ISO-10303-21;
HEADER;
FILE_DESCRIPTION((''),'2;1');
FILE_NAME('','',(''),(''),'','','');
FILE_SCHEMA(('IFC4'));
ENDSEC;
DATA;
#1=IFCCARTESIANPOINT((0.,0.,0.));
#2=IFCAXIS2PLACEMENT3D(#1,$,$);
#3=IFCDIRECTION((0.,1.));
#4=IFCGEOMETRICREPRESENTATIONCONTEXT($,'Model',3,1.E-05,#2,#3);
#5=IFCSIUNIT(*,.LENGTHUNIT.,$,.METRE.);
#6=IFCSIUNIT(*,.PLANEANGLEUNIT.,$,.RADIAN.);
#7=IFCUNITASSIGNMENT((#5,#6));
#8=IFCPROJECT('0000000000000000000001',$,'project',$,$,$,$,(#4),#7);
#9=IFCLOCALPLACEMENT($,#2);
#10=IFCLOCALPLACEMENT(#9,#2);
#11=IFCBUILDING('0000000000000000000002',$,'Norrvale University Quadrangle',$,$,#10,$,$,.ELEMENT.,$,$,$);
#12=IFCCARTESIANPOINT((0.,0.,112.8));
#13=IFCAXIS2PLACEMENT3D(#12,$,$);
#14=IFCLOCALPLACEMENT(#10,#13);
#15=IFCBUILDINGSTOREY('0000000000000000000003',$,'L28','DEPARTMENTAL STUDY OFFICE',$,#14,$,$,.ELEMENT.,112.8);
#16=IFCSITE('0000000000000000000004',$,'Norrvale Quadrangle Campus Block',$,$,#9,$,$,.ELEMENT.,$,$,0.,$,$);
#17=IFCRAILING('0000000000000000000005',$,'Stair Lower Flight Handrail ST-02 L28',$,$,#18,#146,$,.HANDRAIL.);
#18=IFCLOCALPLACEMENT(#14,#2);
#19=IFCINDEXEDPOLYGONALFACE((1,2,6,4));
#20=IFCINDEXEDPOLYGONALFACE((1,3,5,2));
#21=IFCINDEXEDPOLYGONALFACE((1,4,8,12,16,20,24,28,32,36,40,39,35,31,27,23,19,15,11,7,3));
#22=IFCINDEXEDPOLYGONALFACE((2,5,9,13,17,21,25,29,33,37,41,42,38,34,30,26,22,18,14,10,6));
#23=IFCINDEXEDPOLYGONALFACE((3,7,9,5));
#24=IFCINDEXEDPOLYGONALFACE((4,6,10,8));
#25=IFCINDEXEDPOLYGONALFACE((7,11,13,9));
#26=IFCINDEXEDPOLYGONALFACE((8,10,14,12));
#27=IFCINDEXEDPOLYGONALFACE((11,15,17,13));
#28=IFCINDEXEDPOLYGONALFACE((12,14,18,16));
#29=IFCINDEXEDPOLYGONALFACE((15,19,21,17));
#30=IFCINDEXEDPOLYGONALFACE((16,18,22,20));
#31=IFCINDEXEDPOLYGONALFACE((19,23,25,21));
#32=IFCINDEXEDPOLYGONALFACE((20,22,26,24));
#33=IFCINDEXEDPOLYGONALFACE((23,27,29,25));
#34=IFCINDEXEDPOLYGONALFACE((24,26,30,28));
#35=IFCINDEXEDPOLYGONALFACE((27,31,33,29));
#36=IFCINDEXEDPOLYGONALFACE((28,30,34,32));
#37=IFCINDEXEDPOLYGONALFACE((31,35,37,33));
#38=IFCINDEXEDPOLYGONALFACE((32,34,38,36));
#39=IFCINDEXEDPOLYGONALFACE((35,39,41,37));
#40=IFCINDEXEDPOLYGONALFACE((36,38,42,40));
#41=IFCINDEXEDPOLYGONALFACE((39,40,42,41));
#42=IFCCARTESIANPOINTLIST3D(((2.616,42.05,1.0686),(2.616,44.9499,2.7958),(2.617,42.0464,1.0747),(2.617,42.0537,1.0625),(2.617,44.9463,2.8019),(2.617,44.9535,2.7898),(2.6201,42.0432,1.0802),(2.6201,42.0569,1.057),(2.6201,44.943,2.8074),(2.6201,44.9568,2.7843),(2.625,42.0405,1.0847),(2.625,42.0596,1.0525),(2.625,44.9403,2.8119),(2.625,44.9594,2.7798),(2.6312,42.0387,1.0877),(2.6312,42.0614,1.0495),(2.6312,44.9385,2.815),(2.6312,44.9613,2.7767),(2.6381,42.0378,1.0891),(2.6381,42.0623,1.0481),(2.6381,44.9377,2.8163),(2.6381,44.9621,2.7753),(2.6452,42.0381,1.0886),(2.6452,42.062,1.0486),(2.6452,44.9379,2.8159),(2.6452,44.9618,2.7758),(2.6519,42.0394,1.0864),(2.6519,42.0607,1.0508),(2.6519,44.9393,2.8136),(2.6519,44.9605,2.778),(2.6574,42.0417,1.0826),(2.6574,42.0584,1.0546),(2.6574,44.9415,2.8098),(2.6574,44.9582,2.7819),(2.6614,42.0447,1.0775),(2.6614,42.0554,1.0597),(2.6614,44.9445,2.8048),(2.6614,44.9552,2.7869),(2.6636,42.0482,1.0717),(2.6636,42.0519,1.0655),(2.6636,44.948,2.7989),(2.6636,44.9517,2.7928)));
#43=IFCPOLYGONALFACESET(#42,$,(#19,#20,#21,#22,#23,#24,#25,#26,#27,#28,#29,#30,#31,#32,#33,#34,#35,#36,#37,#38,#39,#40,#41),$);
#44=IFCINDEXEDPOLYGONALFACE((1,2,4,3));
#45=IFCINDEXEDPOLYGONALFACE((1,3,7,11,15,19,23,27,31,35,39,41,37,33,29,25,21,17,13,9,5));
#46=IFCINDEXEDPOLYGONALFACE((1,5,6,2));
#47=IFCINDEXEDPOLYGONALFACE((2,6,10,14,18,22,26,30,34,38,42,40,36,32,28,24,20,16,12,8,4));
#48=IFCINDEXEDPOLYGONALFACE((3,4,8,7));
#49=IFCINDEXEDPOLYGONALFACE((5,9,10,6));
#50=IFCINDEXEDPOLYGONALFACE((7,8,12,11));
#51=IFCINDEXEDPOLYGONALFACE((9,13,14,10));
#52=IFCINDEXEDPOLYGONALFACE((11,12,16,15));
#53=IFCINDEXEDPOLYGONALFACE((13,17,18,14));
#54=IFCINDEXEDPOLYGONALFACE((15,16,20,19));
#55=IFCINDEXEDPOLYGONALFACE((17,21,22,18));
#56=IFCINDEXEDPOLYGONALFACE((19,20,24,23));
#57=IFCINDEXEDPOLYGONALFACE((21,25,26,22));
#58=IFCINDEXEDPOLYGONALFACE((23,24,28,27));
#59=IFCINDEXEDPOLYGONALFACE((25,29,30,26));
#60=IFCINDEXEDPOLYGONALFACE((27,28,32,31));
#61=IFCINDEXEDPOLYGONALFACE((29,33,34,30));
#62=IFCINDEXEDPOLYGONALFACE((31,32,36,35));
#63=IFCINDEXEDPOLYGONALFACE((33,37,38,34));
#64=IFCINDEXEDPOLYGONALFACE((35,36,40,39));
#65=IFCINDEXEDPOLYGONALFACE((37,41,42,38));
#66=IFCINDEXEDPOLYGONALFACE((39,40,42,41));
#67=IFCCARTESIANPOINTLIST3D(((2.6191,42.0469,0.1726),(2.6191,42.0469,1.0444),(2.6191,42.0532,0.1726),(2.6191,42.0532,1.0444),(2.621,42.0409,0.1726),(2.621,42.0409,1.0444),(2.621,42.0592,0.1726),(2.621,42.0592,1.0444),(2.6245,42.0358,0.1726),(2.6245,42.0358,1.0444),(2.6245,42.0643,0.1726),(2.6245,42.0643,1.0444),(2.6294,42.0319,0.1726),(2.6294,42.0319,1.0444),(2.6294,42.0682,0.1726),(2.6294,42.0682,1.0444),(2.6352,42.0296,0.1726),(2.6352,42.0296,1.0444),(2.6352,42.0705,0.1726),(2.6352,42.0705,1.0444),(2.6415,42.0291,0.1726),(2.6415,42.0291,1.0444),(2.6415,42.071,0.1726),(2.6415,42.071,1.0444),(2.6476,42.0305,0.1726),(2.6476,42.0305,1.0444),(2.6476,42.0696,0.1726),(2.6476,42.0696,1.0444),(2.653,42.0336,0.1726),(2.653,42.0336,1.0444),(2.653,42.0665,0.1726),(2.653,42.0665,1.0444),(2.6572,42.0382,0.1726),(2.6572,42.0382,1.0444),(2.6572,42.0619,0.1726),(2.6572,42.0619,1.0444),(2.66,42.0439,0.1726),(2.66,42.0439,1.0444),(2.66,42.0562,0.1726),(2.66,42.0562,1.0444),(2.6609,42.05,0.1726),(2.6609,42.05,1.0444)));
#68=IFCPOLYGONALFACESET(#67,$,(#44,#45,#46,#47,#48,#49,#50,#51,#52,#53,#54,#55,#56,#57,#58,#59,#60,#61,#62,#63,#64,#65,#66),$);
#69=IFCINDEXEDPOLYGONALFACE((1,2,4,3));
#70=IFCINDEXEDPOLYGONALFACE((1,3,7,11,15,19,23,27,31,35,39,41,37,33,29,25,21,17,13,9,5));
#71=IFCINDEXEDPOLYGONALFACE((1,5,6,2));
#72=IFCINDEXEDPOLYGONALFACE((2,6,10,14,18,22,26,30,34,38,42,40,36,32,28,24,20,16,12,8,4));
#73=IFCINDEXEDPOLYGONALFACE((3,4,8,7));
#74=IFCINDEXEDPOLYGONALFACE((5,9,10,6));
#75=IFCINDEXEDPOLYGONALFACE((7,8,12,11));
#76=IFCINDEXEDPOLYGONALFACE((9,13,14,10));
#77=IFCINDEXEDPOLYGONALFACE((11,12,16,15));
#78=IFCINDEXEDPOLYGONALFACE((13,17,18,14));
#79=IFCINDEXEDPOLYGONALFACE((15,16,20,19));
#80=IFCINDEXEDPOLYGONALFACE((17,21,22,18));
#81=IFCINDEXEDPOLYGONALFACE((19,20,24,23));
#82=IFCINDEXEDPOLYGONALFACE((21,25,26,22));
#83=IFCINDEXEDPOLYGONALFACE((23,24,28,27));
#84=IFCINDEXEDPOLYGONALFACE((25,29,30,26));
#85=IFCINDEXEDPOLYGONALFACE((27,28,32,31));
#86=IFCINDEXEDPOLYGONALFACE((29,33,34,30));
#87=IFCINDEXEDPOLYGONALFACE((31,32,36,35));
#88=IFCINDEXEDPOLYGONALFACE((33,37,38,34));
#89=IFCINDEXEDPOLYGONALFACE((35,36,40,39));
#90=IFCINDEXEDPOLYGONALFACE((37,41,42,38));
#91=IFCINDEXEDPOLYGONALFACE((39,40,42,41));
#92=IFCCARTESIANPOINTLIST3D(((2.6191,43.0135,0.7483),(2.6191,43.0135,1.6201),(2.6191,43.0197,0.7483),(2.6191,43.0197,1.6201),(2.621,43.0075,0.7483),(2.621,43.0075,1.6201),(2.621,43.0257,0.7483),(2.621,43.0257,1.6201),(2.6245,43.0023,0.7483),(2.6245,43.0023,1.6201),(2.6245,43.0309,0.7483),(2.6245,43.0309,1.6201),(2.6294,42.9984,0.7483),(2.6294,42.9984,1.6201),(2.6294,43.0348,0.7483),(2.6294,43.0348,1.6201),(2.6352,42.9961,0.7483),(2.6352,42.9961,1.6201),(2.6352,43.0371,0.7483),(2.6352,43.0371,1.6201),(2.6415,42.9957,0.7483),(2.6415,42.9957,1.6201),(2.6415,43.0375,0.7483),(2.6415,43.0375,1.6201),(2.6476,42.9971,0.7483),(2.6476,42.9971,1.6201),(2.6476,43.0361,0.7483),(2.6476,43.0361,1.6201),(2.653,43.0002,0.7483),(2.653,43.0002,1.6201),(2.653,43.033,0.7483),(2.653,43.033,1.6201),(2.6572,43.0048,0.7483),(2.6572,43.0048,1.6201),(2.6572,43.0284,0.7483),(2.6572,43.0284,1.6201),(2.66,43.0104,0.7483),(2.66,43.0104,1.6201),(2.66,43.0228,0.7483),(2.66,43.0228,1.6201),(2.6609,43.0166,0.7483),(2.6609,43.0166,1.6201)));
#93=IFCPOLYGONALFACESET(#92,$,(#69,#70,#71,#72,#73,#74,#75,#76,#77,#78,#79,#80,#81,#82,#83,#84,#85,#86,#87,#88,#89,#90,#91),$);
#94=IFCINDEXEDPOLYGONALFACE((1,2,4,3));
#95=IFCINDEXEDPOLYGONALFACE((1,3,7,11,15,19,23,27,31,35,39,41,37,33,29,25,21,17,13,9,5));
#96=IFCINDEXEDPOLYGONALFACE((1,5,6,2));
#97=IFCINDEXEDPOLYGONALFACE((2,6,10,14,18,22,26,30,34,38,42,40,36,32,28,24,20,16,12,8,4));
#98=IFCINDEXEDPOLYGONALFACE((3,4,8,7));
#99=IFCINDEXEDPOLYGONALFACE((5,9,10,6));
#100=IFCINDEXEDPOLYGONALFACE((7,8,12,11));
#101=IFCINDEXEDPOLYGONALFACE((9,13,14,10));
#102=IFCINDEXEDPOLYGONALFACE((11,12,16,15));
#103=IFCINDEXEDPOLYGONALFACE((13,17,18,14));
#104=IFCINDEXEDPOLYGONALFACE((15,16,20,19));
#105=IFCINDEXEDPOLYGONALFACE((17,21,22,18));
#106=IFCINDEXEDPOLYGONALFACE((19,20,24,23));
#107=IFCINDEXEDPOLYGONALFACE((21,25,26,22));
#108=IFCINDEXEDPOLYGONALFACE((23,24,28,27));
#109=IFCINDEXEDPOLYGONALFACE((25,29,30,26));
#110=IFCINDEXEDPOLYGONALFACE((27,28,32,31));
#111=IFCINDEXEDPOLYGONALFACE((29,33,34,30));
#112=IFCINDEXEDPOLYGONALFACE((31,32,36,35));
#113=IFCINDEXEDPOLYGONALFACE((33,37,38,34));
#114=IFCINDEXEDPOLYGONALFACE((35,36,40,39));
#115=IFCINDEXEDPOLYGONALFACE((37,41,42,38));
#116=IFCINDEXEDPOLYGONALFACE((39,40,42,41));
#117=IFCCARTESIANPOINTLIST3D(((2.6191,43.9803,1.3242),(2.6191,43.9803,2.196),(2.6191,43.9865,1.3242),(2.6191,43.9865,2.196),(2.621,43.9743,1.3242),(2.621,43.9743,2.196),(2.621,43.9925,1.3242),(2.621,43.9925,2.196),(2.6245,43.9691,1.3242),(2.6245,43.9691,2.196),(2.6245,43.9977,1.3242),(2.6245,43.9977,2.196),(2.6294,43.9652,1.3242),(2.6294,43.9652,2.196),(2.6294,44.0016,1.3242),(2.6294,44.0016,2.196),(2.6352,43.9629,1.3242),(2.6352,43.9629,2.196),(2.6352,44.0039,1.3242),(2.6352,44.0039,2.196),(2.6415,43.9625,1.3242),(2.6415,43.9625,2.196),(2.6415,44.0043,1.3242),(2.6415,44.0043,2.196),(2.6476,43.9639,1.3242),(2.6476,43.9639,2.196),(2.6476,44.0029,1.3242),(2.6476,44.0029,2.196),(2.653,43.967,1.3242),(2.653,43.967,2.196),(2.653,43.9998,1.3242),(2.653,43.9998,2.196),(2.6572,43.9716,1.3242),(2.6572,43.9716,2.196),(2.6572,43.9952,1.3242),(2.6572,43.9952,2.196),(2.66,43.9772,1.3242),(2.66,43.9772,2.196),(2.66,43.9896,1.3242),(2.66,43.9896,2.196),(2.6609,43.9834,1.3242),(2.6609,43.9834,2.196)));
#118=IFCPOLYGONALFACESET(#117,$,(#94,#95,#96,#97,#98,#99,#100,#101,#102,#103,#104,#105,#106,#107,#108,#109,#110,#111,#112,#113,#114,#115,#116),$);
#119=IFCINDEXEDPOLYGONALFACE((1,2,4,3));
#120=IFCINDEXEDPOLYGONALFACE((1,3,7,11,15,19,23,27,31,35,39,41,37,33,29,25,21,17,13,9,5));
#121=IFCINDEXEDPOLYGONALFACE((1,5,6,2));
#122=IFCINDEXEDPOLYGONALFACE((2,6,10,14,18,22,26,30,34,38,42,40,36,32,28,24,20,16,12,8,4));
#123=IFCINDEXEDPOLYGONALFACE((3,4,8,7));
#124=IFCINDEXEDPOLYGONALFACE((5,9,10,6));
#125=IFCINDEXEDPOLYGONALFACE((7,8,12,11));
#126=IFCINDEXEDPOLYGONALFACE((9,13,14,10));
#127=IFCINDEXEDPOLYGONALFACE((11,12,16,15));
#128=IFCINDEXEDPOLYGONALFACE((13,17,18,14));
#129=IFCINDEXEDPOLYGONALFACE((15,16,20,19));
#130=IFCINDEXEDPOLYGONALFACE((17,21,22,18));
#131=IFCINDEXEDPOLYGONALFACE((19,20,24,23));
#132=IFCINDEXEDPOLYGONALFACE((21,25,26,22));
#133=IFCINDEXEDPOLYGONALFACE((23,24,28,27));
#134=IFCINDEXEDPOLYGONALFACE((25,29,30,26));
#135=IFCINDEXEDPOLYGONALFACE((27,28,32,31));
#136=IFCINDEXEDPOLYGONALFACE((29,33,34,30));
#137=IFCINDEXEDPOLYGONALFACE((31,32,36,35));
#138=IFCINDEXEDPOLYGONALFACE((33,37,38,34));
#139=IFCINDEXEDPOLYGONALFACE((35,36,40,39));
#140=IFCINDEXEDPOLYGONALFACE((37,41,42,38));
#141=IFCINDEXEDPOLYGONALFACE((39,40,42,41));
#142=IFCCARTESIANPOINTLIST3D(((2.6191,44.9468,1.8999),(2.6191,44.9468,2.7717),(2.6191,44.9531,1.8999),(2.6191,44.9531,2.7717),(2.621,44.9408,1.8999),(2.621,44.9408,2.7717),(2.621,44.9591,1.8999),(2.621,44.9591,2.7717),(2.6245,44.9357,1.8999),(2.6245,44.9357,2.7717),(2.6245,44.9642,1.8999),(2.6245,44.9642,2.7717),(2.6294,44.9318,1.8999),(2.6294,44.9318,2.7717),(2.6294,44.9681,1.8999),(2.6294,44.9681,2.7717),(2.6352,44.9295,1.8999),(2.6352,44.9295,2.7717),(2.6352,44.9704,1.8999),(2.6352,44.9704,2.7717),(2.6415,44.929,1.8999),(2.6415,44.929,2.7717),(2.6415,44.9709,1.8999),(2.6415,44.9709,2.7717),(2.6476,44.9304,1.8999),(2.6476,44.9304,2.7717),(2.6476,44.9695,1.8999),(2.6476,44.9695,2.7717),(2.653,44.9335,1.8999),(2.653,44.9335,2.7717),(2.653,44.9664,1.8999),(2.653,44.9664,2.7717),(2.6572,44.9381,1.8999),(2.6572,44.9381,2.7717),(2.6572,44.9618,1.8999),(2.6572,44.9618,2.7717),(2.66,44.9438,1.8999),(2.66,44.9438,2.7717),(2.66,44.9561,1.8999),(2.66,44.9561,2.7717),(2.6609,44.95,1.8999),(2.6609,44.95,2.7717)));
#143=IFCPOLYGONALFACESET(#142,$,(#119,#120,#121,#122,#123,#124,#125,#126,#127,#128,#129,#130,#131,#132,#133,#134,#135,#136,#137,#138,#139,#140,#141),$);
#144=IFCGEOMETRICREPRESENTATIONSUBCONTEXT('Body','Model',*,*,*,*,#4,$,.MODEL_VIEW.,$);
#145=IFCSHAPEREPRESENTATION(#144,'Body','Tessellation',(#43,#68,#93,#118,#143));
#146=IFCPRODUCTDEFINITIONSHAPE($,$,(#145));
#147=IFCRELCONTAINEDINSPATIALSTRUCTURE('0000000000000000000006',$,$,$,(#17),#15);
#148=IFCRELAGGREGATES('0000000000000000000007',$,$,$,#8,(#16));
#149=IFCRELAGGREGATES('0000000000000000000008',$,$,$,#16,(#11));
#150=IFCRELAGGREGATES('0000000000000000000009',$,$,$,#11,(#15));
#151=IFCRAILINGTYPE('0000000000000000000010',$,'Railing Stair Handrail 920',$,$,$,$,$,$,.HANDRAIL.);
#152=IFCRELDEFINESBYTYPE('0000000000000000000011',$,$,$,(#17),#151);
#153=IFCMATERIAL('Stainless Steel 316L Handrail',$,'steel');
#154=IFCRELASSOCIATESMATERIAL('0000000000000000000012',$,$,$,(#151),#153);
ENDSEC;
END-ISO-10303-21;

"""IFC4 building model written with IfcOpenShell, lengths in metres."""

from ifc_helpers import new_model, si_unit, direction, frame, origin, origin_2d, place, context, subcontext, project, spatial, circle, extrude, material, type_object, element, save


model = new_model("IFC4")

# Units and contexts
model_context = context("Model", 3, precision=1e-05, world=origin(), true_north=direction((0.0, 1.0)))
body_context = subcontext(model_context, "Body", "Model", "MODEL_VIEW")
ifc_project = project(units=[si_unit("LENGTHUNIT", "METRE"), si_unit("PLANEANGLEUNIT", "RADIAN")], contexts=[model_context])

# Site, building, storey
site_placement = place(None, origin())
site = spatial("IfcSite", under=ifc_project, at=site_placement, Name="Norrvale Quadrangle Campus Block", CompositionType="ELEMENT", RefElevation=0.0)
building_placement = place(site_placement, origin())
building = spatial("IfcBuilding", under=site, at=building_placement, Name="Norrvale University Quadrangle", CompositionType="ELEMENT")
storey_placement = place(building_placement, frame((0.0, 0.0, 112.8)))
storey = spatial("IfcBuildingStorey", under=building, at=storey_placement, Name="L28", Description="DEPARTMENTAL STUDY OFFICE", CompositionType="ELEMENT", Elevation=112.8)

# Railing
ifc_material_1 = material(Name="Stainless Steel 316L Handrail", Category="steel")
railing_type_1 = type_object("IfcRailingType", Name="Railing Stair Handrail 920", PredefinedType="HANDRAIL", material=ifc_material_1)
railing_1_placement = place(storey_placement, frame((2.6399, 42.05, 0.1726)))
element("IfcRailing", 1, at=railing_1_placement, inside=storey, type_object=railing_type_1, Name="Stair Lower Flight Handrail ST-02 L28", PredefinedType="HANDRAIL", context=body_context, shape_type="SweptSolid", body=[
    extrude(circle(Radius=0.0239, at=origin_2d()), frame((0.0, 0.0, 0.896), z_axis=(0.0, 0.859141, 0.511738), x_axis=(-1.0, 0.0, 0.0)), (0.0, 0.0, 1.0), 3.3752),
    extrude(circle(Radius=0.021, at=origin_2d()), origin(), (0.0, 0.0, 1.0), 0.8718),
    extrude(circle(Radius=0.021, at=origin_2d()), frame((0.0, 0.9666, 0.5757)), (0.0, 0.0, 1.0), 0.8718),
    extrude(circle(Radius=0.021, at=origin_2d()), frame((0.0, 1.9333, 1.1516)), (0.0, 0.0, 1.0), 0.8718),
    extrude(circle(Radius=0.021, at=origin_2d()), frame((0.0, 2.8999, 1.7273)), (0.0, 0.0, 1.0), 0.8718),
])

save(model, "model.ifc")
